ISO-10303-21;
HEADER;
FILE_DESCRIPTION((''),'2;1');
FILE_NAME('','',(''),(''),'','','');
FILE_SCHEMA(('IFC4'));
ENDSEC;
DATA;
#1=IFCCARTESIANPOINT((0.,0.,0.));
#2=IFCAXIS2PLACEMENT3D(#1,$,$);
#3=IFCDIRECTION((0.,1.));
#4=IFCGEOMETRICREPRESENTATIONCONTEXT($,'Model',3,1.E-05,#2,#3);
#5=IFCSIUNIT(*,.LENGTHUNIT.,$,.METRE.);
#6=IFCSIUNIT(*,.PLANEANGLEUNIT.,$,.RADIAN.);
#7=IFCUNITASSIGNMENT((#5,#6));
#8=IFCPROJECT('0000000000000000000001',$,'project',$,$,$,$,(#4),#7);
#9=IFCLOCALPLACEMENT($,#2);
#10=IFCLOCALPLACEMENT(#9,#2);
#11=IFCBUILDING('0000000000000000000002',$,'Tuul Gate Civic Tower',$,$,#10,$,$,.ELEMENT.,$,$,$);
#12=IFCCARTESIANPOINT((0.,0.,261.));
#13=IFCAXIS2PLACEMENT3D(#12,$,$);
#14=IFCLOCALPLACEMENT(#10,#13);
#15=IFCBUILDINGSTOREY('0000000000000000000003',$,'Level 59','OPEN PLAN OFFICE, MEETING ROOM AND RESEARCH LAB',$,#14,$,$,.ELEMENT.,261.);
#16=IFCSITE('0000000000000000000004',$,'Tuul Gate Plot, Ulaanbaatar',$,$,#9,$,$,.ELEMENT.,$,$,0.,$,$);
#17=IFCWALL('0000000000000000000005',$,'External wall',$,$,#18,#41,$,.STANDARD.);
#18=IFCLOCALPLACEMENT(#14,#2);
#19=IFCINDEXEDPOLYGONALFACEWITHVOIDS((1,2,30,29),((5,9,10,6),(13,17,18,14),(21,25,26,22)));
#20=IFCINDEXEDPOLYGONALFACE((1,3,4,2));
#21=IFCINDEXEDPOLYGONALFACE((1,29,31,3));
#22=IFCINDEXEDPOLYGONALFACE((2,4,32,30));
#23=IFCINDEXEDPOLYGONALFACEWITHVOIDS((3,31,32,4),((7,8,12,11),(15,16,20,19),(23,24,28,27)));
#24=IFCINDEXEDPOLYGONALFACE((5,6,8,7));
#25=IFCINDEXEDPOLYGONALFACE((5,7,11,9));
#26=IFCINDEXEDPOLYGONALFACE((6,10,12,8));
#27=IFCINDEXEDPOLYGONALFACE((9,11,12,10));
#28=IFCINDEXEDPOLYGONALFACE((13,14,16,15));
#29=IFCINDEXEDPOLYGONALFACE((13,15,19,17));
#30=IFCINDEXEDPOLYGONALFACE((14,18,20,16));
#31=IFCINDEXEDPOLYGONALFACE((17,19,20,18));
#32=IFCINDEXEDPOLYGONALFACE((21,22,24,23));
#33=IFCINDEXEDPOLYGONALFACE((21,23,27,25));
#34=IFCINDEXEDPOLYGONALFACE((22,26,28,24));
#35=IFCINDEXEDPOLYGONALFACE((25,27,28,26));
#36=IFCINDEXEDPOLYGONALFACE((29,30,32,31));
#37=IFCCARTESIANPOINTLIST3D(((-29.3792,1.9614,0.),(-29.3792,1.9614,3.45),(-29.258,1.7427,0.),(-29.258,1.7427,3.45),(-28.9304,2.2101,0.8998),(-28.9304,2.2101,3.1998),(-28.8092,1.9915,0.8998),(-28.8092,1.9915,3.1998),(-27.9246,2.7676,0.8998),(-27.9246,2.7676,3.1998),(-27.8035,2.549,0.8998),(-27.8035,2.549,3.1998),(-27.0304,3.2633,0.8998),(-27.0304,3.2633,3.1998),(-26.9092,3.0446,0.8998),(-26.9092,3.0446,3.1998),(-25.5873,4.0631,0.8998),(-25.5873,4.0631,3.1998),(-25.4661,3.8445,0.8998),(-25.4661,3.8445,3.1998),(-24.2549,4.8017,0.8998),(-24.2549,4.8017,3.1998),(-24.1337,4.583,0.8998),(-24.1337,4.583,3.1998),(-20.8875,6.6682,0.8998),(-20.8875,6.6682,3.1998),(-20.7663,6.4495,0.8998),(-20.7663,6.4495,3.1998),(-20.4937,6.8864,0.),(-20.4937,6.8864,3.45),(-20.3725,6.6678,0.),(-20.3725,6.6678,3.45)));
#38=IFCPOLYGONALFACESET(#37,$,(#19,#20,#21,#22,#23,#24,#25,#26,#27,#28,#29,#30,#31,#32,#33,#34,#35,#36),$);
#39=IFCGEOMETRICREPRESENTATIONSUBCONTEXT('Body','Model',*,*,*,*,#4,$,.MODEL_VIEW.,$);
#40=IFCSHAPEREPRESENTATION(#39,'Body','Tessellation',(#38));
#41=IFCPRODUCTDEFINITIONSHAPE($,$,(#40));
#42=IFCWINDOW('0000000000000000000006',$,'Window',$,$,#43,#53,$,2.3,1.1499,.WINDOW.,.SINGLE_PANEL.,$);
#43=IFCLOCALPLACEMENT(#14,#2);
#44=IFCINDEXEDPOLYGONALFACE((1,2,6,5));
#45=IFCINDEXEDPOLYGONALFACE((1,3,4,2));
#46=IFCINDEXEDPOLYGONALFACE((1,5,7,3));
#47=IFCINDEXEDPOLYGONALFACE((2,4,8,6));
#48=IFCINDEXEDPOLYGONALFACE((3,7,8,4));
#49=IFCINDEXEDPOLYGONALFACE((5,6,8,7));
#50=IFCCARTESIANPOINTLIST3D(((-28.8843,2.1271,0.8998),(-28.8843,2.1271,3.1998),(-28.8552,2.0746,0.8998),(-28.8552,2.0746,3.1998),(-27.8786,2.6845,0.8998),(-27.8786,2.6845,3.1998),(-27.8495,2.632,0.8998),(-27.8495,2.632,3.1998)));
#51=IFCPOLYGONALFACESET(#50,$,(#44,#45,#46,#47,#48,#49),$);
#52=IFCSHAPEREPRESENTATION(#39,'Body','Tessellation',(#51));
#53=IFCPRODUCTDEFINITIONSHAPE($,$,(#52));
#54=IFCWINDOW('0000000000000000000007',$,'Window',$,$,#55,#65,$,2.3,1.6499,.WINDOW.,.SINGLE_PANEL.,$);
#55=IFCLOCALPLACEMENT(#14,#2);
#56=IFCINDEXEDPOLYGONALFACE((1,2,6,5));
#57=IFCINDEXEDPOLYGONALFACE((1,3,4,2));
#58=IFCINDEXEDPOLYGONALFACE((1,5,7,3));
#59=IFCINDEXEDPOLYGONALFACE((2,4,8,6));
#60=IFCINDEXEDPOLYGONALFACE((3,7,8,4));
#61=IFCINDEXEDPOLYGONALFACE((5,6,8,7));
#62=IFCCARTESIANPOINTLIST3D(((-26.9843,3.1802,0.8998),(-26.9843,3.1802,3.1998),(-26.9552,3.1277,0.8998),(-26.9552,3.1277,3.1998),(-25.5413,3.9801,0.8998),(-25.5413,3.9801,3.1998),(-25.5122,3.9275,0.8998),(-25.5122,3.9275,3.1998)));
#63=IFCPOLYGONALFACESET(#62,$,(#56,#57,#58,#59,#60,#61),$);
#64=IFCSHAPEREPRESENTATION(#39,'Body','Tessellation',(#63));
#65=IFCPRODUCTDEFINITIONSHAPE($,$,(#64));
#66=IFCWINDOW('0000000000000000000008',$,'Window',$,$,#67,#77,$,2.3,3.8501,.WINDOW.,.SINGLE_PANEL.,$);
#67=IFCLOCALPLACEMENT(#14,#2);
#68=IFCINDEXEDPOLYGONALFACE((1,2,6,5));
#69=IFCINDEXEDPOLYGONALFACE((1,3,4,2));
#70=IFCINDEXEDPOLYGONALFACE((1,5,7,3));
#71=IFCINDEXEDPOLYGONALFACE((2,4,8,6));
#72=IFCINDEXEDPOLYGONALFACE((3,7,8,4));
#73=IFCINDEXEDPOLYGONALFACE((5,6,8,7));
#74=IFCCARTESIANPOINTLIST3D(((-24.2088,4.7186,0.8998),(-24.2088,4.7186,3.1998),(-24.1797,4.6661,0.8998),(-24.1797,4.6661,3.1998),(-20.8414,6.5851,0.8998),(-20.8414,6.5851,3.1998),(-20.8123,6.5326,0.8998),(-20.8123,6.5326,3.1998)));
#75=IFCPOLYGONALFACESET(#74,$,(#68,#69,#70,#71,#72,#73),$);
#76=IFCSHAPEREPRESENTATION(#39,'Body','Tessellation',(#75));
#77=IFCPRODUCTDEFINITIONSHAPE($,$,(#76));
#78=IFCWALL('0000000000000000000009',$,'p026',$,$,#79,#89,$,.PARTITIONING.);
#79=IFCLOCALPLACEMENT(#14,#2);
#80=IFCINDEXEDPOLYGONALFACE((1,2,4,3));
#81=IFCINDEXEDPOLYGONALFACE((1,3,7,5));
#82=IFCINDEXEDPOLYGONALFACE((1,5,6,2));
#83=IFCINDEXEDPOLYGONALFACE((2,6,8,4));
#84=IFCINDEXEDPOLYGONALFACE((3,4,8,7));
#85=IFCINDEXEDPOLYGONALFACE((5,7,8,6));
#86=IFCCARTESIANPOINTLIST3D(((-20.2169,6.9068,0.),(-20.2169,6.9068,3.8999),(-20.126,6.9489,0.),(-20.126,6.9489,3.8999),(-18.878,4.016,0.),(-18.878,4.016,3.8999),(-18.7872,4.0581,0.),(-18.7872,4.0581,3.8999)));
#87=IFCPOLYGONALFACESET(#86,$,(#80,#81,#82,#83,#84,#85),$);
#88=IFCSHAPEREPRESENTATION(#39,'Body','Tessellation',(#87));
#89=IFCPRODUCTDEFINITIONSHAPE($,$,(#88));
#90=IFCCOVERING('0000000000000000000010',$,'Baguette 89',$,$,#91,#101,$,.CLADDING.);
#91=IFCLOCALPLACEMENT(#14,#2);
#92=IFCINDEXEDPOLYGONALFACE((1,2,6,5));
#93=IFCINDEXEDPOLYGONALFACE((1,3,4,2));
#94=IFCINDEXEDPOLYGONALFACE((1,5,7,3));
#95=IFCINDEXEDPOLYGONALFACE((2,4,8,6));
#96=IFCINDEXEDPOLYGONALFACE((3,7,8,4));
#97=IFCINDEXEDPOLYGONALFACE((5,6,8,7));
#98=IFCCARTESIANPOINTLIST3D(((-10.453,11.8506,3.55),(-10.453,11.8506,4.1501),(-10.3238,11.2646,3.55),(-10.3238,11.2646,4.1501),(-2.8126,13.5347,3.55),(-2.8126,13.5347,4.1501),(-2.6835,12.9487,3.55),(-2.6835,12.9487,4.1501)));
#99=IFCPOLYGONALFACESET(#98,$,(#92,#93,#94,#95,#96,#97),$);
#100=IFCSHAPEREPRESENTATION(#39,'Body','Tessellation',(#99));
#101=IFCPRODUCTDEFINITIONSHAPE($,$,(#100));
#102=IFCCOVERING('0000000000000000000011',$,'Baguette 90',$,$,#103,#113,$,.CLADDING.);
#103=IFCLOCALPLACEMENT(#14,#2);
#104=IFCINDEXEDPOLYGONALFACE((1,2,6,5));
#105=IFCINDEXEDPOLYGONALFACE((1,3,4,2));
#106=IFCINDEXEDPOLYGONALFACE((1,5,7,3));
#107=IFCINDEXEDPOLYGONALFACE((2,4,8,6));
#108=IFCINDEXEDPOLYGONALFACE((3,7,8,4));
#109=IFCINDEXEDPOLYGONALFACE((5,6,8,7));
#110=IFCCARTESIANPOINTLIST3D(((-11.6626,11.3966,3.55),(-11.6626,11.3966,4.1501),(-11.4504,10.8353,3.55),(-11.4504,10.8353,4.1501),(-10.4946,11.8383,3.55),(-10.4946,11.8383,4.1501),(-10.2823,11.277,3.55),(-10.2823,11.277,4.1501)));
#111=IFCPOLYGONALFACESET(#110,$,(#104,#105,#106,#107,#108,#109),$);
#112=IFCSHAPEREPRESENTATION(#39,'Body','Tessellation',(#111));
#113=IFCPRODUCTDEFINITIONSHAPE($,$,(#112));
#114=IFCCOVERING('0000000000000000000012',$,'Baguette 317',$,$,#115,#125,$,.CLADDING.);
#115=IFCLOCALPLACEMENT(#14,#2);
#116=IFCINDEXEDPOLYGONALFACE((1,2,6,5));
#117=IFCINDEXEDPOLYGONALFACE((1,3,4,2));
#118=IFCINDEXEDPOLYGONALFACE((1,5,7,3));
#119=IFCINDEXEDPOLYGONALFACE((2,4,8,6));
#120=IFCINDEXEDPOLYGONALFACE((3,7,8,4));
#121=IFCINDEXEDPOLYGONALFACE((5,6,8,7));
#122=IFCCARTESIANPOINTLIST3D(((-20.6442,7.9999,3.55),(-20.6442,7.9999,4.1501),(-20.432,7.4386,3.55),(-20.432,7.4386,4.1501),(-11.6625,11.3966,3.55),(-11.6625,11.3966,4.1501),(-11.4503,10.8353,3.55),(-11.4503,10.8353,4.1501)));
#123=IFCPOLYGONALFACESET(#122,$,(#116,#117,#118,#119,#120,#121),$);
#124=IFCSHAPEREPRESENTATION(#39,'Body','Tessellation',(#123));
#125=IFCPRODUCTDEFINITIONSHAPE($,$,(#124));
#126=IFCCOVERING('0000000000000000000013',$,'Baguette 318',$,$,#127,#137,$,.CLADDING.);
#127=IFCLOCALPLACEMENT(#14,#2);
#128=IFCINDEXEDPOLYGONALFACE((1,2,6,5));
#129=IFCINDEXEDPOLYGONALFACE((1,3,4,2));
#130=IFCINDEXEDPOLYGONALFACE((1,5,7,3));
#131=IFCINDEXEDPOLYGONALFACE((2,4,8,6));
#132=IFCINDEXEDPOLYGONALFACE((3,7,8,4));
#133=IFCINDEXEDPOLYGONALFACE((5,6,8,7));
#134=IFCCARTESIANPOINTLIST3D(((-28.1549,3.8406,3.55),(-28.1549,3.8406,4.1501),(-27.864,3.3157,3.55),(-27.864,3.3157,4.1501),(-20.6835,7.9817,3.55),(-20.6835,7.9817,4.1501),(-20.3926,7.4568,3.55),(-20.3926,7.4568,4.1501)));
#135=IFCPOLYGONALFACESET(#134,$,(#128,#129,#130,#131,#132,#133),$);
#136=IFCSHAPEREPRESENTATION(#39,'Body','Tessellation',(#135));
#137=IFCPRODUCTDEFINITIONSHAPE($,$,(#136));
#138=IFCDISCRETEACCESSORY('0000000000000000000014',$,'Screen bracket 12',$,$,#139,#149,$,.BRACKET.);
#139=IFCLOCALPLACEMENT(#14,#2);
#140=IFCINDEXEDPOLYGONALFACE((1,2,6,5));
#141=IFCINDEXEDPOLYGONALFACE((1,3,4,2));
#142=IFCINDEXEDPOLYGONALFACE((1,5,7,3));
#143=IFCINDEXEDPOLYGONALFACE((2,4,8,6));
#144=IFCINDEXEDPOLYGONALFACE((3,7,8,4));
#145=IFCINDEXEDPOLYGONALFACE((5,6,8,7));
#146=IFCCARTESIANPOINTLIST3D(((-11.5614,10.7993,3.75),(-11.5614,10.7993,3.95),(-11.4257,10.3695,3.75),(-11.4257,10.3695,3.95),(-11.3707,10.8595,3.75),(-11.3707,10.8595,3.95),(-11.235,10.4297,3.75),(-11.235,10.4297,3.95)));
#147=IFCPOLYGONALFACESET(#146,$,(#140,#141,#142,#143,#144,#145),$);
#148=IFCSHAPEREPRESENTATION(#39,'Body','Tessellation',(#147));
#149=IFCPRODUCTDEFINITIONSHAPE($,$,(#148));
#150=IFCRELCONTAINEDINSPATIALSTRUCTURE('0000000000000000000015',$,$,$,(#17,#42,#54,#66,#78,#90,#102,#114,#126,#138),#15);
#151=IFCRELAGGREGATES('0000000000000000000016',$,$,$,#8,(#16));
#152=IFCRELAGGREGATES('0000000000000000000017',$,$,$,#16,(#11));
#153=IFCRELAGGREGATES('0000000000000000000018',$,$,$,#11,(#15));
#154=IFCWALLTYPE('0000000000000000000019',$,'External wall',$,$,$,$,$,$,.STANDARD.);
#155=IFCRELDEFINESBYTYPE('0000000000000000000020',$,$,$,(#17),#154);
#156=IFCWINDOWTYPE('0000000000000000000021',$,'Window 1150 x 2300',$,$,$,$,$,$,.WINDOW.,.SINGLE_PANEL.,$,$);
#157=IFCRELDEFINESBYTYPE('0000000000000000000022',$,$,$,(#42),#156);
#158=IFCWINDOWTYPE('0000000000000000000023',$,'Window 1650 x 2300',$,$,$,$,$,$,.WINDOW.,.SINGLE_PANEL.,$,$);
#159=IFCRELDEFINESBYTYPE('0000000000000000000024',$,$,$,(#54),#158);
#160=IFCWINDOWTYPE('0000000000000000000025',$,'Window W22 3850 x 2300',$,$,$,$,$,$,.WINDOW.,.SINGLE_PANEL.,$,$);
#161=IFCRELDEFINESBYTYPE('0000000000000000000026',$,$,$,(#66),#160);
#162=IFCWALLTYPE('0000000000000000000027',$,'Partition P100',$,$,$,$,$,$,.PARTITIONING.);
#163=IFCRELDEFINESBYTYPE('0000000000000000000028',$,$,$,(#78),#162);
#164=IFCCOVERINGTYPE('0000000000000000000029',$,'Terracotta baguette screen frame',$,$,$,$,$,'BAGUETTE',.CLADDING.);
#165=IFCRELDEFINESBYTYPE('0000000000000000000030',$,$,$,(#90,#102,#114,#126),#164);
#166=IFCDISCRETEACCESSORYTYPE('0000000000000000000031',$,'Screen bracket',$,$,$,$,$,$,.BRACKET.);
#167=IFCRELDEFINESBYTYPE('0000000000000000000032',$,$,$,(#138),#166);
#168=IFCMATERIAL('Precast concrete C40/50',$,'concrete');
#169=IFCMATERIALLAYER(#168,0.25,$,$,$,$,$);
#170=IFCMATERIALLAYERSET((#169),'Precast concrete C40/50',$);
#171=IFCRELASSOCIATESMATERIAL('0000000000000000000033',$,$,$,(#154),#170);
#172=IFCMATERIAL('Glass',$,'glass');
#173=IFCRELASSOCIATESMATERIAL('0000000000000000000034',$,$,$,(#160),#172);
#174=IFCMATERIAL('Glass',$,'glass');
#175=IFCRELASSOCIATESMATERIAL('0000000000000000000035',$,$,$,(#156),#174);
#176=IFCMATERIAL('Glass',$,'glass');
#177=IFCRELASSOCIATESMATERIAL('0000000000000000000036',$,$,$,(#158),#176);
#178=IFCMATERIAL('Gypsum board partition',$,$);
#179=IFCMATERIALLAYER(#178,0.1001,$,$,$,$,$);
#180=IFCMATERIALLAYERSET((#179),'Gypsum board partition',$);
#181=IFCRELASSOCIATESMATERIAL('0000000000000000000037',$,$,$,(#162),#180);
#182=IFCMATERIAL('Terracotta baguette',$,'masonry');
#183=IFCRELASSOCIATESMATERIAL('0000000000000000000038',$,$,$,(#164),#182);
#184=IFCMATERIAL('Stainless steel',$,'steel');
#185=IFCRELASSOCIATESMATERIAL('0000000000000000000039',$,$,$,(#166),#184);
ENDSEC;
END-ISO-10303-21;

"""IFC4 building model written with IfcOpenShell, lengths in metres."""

from ifc_helpers import new_model, si_unit, direction, frame, frame_2d, origin, origin_2d, place, context, subcontext, project, spatial, rectangle, extrude, material, layer, layer_set, material_profile, profile_set, type_object, element, fill, save


model = new_model("IFC4")

# Units and contexts
model_context = context("Model", 3, precision=1e-05, world=origin(), true_north=direction((0.0, 1.0)))
body_context = subcontext(model_context, "Body", "Model", "MODEL_VIEW")
ifc_project = project(units=[si_unit("LENGTHUNIT", "METRE"), si_unit("PLANEANGLEUNIT", "RADIAN")], contexts=[model_context])

# Site, building, storey
site_placement = place(None, origin())
site = spatial("IfcSite", under=ifc_project, at=site_placement, Name="Tuul Gate Plot, Ulaanbaatar", CompositionType="ELEMENT", RefElevation=0.0)
building_placement = place(site_placement, origin())
building = spatial("IfcBuilding", under=site, at=building_placement, Name="Tuul Gate Civic Tower", CompositionType="ELEMENT")
storey_placement = place(building_placement, frame((0.0, 0.0, 261.0)))
storey = spatial("IfcBuildingStorey", under=building, at=storey_placement, Name="Level 59", Description="OPEN PLAN OFFICE, MEETING ROOM AND RESEARCH LAB", CompositionType="ELEMENT", Elevation=261.0)

# Wall, openings, windows
ifc_material_1 = material(Name="Precast concrete C40/50", Category="concrete")
ifc_layer_1 = layer(ifc_material_1, 0.25)
ifc_layer_set_1 = layer_set([ifc_layer_1], Name="Precast concrete C40/50")
wall_type_1 = type_object("IfcWallType", Name="External wall", PredefinedType="STANDARD", material=ifc_layer_set_1)
ifc_material_2 = material(Name="Glass", Category="glass")
window_type_1 = type_object("IfcWindowType", Name="Window W22 3850 x 2300", PartitioningType="SINGLE_PANEL", PredefinedType="WINDOW", material=ifc_material_2)
wall_1_placement = place(storey_placement, frame((-20.4331, 6.7771, 0.0), z_axis=(0.0, 0.0, 1.0), x_axis=(-0.874631, -0.48479, 0.0)))
wall_1 = element("IfcWall", 1, at=wall_1_placement, inside=storey, type_object=wall_type_1, Name="External wall", PredefinedType="STANDARD", context=body_context, shape_type="SweptSolid", body=[
    extrude(rectangle(XDim=10.1592, YDim=0.25, at=frame_2d((5.0796, 0.0))), origin(), (0.0, 0.0, 1.0), 3.45),
])
opening_1_placement = place(wall_1_placement, frame((0.4502, 0.0, 0.8999)))
opening_1 = element("IfcOpeningElement", 2, at=opening_1_placement, cuts=wall_1, PredefinedType="OPENING", context=body_context, shape_type="SweptSolid", body=[
    extrude(rectangle(XDim=3.8501, YDim=2.3, at=frame_2d((1.925, 1.1499))), frame((0.0, 0.135, 0.0), z_axis=(0.0, -1.0, 0.0), x_axis=(1.0, 0.0, 0.0)), (0.0, 0.0, 1.0), 0.27),
])
opening_2_placement = place(wall_1_placement, frame((5.8237, 0.0, 0.8999)))
opening_2 = element("IfcOpeningElement", 3, at=opening_2_placement, cuts=wall_1, PredefinedType="OPENING", context=body_context, shape_type="SweptSolid", body=[
    extrude(rectangle(XDim=1.6499, YDim=2.3, at=frame_2d((0.825, 1.1499))), frame((0.0, 0.135, 0.0), z_axis=(0.0, -1.0, 0.0), x_axis=(1.0, 0.0, 0.0)), (0.0, 0.0, 1.0), 0.27),
])
opening_3_placement = place(wall_1_placement, frame((8.4961, 0.0, 0.8999)))
opening_3 = element("IfcOpeningElement", 4, at=opening_3_placement, cuts=wall_1, PredefinedType="OPENING", context=body_context, shape_type="SweptSolid", body=[
    extrude(rectangle(XDim=1.1499, YDim=2.3, at=frame_2d((0.575, 1.1499))), frame((0.0, 0.135, 0.0), z_axis=(0.0, -1.0, 0.0), x_axis=(1.0, 0.0, 0.0)), (0.0, 0.0, 1.0), 0.27),
])
ifc_material_3 = material(Name="Glass", Category="glass")
window_type_2 = type_object("IfcWindowType", Name="Window 1150 x 2300", PartitioningType="SINGLE_PANEL", PredefinedType="WINDOW", material=ifc_material_3)
window_1_placement = place(opening_3_placement, origin())
window_1 = element("IfcWindow", 5, at=window_1_placement, inside=storey, type_object=window_type_2, Name="Window", OverallHeight=2.3, OverallWidth=1.1499, PartitioningType="SINGLE_PANEL", PredefinedType="WINDOW", context=body_context, shape_type="SweptSolid", body=[
    extrude(rectangle(XDim=1.1499, YDim=2.3, at=frame_2d((0.575, 1.1499))), frame((0.0, 0.03, 0.0), z_axis=(0.0, -1.0, 0.0), x_axis=(1.0, 0.0, 0.0)), (0.0, 0.0, 1.0), 0.0601),
])
fill(opening_3, window_1)
ifc_material_4 = material(Name="Glass", Category="glass")
window_type_3 = type_object("IfcWindowType", Name="Window 1650 x 2300", PartitioningType="SINGLE_PANEL", PredefinedType="WINDOW", material=ifc_material_4)
window_2_placement = place(opening_2_placement, origin())
window_2 = element("IfcWindow", 6, at=window_2_placement, inside=storey, type_object=window_type_3, Name="Window", OverallHeight=2.3, OverallWidth=1.6499, PartitioningType="SINGLE_PANEL", PredefinedType="WINDOW", context=body_context, shape_type="SweptSolid", body=[
    extrude(rectangle(XDim=1.6499, YDim=2.3, at=frame_2d((0.825, 1.1499))), frame((0.0, 0.03, 0.0), z_axis=(0.0, -1.0, 0.0), x_axis=(1.0, 0.0, 0.0)), (0.0, 0.0, 1.0), 0.0601),
])
fill(opening_2, window_2)
window_3_placement = place(opening_1_placement, origin())
window_3 = element("IfcWindow", 7, at=window_3_placement, inside=storey, type_object=window_type_1, Name="Window", OverallHeight=2.3, OverallWidth=3.8501, PartitioningType="SINGLE_PANEL", PredefinedType="WINDOW", context=body_context, shape_type="SweptSolid", body=[
    extrude(rectangle(XDim=3.8501, YDim=2.3, at=frame_2d((1.925, 1.1499))), frame((0.0, 0.03, 0.0), z_axis=(0.0, -1.0, 0.0), x_axis=(1.0, 0.0, 0.0)), (0.0, 0.0, 1.0), 0.0601),
])
fill(opening_1, window_3)

# Wall
ifc_material_5 = material(Name="Gypsum board partition")
ifc_layer_2 = layer(ifc_material_5, 0.1001)
ifc_layer_set_2 = layer_set([ifc_layer_2], Name="Gypsum board partition")
wall_type_2 = type_object("IfcWallType", Name="Partition P100", PredefinedType="PARTITIONING", material=ifc_layer_set_2)
wall_2_placement = place(storey_placement, frame((-20.1714, 6.9277, 0.0), z_axis=(0.0, 0.0, 1.0), x_axis=(0.420253, -0.907407, 0.0)))
element("IfcWall", 8, at=wall_2_placement, inside=storey, type_object=wall_type_2, Name="p026", PredefinedType="PARTITIONING", context=body_context, shape_type="SweptSolid", body=[
    extrude(rectangle(XDim=3.1858, YDim=0.1001, at=frame_2d((1.5928, 0.0))), origin(), (0.0, 0.0, 1.0), 3.8999),
])

# Coverings
ifc_material_6 = material(Name="Terracotta baguette", Category="masonry")
ifc_material_profile_1 = material_profile(ifc_material_6, rectangle(XDim=0.6001, YDim=0.6001, at=origin_2d()), Name="Terracotta baguette screen frame")
ifc_profile_set_1 = profile_set([ifc_material_profile_1], Name="Terracotta baguette")
covering_type = type_object("IfcCoveringType", Name="Terracotta baguette screen frame", ElementType="BAGUETTE", PredefinedType="CLADDING", material=ifc_profile_set_1)
covering_1_placement = place(storey_placement, frame((-2.748, 13.2417, 3.8501), z_axis=(-0.976559, -0.215252, 0.0), x_axis=(0.215252, -0.976559, 0.0)))
element("IfcCovering", 9, at=covering_1_placement, inside=storey, type_object=covering_type, Name="Baguette 89", PredefinedType="CLADDING", context=body_context, shape_type="SweptSolid", body=[
    extrude(rectangle(XDim=0.6001, YDim=0.6001, at=origin_2d()), origin(), (0.0, 0.0, 1.0), 7.8237),
])
covering_2_placement = place(storey_placement, frame((-10.3884, 11.5576, 3.8501), z_axis=(-0.935361, -0.353693, 0.0), x_axis=(0.353693, -0.935361, 0.0)))
element("IfcCovering", 10, at=covering_2_placement, inside=storey, type_object=covering_type, Name="Baguette 90", PredefinedType="CLADDING", context=body_context, shape_type="SweptSolid", body=[
    extrude(rectangle(XDim=0.6001, YDim=0.6001, at=origin_2d()), origin(), (0.0, 0.0, 1.0), 1.2488),
])
covering_3_placement = place(storey_placement, frame((-11.5564, 11.116, 3.8501), z_axis=(-0.935347, -0.353733, 0.0), x_axis=(0.353733, -0.935347, 0.0)))
element("IfcCovering", 11, at=covering_3_placement, inside=storey, type_object=covering_type, Name="Baguette 317", PredefinedType="CLADDING", context=body_context, shape_type="SweptSolid", body=[
    extrude(rectangle(XDim=0.6001, YDim=0.6001, at=origin_2d()), origin(), (0.0, 0.0, 1.0), 9.6025),
])
covering_4_placement = place(storey_placement, frame((-20.5381, 7.7192, 3.8501), z_axis=(-0.874638, -0.484776, 0.0), x_axis=(0.484776, -0.874638, 0.0)))
element("IfcCovering", 12, at=covering_4_placement, inside=storey, type_object=covering_type, Name="Baguette 318", PredefinedType="CLADDING", context=body_context, shape_type="SweptSolid", body=[
    extrude(rectangle(XDim=0.6001, YDim=0.6001, at=origin_2d()), origin(), (0.0, 0.0, 1.0), 8.5422),
])

# Discrete accessory
ifc_material_7 = material(Name="Stainless steel", Category="steel")
discrete_accessory_type = type_object("IfcDiscreteAccessoryType", Name="Screen bracket", PredefinedType="BRACKET", material=ifc_material_7)
discrete_accessory_placement = place(storey_placement, frame((-11.3982, 10.6145, 3.75), z_axis=(0.0, 0.0, 1.0), x_axis=(-0.301099, 0.953593, 0.0)))
element("IfcDiscreteAccessory", 13, at=discrete_accessory_placement, inside=storey, type_object=discrete_accessory_type, Name="Screen bracket 12", PredefinedType="BRACKET", context=body_context, shape_type="SweptSolid", body=[
    extrude(rectangle(XDim=0.4507, YDim=0.2, at=origin_2d()), origin(), (0.0, 0.0, 1.0), 0.2),
])

save(model, "model.ifc")
